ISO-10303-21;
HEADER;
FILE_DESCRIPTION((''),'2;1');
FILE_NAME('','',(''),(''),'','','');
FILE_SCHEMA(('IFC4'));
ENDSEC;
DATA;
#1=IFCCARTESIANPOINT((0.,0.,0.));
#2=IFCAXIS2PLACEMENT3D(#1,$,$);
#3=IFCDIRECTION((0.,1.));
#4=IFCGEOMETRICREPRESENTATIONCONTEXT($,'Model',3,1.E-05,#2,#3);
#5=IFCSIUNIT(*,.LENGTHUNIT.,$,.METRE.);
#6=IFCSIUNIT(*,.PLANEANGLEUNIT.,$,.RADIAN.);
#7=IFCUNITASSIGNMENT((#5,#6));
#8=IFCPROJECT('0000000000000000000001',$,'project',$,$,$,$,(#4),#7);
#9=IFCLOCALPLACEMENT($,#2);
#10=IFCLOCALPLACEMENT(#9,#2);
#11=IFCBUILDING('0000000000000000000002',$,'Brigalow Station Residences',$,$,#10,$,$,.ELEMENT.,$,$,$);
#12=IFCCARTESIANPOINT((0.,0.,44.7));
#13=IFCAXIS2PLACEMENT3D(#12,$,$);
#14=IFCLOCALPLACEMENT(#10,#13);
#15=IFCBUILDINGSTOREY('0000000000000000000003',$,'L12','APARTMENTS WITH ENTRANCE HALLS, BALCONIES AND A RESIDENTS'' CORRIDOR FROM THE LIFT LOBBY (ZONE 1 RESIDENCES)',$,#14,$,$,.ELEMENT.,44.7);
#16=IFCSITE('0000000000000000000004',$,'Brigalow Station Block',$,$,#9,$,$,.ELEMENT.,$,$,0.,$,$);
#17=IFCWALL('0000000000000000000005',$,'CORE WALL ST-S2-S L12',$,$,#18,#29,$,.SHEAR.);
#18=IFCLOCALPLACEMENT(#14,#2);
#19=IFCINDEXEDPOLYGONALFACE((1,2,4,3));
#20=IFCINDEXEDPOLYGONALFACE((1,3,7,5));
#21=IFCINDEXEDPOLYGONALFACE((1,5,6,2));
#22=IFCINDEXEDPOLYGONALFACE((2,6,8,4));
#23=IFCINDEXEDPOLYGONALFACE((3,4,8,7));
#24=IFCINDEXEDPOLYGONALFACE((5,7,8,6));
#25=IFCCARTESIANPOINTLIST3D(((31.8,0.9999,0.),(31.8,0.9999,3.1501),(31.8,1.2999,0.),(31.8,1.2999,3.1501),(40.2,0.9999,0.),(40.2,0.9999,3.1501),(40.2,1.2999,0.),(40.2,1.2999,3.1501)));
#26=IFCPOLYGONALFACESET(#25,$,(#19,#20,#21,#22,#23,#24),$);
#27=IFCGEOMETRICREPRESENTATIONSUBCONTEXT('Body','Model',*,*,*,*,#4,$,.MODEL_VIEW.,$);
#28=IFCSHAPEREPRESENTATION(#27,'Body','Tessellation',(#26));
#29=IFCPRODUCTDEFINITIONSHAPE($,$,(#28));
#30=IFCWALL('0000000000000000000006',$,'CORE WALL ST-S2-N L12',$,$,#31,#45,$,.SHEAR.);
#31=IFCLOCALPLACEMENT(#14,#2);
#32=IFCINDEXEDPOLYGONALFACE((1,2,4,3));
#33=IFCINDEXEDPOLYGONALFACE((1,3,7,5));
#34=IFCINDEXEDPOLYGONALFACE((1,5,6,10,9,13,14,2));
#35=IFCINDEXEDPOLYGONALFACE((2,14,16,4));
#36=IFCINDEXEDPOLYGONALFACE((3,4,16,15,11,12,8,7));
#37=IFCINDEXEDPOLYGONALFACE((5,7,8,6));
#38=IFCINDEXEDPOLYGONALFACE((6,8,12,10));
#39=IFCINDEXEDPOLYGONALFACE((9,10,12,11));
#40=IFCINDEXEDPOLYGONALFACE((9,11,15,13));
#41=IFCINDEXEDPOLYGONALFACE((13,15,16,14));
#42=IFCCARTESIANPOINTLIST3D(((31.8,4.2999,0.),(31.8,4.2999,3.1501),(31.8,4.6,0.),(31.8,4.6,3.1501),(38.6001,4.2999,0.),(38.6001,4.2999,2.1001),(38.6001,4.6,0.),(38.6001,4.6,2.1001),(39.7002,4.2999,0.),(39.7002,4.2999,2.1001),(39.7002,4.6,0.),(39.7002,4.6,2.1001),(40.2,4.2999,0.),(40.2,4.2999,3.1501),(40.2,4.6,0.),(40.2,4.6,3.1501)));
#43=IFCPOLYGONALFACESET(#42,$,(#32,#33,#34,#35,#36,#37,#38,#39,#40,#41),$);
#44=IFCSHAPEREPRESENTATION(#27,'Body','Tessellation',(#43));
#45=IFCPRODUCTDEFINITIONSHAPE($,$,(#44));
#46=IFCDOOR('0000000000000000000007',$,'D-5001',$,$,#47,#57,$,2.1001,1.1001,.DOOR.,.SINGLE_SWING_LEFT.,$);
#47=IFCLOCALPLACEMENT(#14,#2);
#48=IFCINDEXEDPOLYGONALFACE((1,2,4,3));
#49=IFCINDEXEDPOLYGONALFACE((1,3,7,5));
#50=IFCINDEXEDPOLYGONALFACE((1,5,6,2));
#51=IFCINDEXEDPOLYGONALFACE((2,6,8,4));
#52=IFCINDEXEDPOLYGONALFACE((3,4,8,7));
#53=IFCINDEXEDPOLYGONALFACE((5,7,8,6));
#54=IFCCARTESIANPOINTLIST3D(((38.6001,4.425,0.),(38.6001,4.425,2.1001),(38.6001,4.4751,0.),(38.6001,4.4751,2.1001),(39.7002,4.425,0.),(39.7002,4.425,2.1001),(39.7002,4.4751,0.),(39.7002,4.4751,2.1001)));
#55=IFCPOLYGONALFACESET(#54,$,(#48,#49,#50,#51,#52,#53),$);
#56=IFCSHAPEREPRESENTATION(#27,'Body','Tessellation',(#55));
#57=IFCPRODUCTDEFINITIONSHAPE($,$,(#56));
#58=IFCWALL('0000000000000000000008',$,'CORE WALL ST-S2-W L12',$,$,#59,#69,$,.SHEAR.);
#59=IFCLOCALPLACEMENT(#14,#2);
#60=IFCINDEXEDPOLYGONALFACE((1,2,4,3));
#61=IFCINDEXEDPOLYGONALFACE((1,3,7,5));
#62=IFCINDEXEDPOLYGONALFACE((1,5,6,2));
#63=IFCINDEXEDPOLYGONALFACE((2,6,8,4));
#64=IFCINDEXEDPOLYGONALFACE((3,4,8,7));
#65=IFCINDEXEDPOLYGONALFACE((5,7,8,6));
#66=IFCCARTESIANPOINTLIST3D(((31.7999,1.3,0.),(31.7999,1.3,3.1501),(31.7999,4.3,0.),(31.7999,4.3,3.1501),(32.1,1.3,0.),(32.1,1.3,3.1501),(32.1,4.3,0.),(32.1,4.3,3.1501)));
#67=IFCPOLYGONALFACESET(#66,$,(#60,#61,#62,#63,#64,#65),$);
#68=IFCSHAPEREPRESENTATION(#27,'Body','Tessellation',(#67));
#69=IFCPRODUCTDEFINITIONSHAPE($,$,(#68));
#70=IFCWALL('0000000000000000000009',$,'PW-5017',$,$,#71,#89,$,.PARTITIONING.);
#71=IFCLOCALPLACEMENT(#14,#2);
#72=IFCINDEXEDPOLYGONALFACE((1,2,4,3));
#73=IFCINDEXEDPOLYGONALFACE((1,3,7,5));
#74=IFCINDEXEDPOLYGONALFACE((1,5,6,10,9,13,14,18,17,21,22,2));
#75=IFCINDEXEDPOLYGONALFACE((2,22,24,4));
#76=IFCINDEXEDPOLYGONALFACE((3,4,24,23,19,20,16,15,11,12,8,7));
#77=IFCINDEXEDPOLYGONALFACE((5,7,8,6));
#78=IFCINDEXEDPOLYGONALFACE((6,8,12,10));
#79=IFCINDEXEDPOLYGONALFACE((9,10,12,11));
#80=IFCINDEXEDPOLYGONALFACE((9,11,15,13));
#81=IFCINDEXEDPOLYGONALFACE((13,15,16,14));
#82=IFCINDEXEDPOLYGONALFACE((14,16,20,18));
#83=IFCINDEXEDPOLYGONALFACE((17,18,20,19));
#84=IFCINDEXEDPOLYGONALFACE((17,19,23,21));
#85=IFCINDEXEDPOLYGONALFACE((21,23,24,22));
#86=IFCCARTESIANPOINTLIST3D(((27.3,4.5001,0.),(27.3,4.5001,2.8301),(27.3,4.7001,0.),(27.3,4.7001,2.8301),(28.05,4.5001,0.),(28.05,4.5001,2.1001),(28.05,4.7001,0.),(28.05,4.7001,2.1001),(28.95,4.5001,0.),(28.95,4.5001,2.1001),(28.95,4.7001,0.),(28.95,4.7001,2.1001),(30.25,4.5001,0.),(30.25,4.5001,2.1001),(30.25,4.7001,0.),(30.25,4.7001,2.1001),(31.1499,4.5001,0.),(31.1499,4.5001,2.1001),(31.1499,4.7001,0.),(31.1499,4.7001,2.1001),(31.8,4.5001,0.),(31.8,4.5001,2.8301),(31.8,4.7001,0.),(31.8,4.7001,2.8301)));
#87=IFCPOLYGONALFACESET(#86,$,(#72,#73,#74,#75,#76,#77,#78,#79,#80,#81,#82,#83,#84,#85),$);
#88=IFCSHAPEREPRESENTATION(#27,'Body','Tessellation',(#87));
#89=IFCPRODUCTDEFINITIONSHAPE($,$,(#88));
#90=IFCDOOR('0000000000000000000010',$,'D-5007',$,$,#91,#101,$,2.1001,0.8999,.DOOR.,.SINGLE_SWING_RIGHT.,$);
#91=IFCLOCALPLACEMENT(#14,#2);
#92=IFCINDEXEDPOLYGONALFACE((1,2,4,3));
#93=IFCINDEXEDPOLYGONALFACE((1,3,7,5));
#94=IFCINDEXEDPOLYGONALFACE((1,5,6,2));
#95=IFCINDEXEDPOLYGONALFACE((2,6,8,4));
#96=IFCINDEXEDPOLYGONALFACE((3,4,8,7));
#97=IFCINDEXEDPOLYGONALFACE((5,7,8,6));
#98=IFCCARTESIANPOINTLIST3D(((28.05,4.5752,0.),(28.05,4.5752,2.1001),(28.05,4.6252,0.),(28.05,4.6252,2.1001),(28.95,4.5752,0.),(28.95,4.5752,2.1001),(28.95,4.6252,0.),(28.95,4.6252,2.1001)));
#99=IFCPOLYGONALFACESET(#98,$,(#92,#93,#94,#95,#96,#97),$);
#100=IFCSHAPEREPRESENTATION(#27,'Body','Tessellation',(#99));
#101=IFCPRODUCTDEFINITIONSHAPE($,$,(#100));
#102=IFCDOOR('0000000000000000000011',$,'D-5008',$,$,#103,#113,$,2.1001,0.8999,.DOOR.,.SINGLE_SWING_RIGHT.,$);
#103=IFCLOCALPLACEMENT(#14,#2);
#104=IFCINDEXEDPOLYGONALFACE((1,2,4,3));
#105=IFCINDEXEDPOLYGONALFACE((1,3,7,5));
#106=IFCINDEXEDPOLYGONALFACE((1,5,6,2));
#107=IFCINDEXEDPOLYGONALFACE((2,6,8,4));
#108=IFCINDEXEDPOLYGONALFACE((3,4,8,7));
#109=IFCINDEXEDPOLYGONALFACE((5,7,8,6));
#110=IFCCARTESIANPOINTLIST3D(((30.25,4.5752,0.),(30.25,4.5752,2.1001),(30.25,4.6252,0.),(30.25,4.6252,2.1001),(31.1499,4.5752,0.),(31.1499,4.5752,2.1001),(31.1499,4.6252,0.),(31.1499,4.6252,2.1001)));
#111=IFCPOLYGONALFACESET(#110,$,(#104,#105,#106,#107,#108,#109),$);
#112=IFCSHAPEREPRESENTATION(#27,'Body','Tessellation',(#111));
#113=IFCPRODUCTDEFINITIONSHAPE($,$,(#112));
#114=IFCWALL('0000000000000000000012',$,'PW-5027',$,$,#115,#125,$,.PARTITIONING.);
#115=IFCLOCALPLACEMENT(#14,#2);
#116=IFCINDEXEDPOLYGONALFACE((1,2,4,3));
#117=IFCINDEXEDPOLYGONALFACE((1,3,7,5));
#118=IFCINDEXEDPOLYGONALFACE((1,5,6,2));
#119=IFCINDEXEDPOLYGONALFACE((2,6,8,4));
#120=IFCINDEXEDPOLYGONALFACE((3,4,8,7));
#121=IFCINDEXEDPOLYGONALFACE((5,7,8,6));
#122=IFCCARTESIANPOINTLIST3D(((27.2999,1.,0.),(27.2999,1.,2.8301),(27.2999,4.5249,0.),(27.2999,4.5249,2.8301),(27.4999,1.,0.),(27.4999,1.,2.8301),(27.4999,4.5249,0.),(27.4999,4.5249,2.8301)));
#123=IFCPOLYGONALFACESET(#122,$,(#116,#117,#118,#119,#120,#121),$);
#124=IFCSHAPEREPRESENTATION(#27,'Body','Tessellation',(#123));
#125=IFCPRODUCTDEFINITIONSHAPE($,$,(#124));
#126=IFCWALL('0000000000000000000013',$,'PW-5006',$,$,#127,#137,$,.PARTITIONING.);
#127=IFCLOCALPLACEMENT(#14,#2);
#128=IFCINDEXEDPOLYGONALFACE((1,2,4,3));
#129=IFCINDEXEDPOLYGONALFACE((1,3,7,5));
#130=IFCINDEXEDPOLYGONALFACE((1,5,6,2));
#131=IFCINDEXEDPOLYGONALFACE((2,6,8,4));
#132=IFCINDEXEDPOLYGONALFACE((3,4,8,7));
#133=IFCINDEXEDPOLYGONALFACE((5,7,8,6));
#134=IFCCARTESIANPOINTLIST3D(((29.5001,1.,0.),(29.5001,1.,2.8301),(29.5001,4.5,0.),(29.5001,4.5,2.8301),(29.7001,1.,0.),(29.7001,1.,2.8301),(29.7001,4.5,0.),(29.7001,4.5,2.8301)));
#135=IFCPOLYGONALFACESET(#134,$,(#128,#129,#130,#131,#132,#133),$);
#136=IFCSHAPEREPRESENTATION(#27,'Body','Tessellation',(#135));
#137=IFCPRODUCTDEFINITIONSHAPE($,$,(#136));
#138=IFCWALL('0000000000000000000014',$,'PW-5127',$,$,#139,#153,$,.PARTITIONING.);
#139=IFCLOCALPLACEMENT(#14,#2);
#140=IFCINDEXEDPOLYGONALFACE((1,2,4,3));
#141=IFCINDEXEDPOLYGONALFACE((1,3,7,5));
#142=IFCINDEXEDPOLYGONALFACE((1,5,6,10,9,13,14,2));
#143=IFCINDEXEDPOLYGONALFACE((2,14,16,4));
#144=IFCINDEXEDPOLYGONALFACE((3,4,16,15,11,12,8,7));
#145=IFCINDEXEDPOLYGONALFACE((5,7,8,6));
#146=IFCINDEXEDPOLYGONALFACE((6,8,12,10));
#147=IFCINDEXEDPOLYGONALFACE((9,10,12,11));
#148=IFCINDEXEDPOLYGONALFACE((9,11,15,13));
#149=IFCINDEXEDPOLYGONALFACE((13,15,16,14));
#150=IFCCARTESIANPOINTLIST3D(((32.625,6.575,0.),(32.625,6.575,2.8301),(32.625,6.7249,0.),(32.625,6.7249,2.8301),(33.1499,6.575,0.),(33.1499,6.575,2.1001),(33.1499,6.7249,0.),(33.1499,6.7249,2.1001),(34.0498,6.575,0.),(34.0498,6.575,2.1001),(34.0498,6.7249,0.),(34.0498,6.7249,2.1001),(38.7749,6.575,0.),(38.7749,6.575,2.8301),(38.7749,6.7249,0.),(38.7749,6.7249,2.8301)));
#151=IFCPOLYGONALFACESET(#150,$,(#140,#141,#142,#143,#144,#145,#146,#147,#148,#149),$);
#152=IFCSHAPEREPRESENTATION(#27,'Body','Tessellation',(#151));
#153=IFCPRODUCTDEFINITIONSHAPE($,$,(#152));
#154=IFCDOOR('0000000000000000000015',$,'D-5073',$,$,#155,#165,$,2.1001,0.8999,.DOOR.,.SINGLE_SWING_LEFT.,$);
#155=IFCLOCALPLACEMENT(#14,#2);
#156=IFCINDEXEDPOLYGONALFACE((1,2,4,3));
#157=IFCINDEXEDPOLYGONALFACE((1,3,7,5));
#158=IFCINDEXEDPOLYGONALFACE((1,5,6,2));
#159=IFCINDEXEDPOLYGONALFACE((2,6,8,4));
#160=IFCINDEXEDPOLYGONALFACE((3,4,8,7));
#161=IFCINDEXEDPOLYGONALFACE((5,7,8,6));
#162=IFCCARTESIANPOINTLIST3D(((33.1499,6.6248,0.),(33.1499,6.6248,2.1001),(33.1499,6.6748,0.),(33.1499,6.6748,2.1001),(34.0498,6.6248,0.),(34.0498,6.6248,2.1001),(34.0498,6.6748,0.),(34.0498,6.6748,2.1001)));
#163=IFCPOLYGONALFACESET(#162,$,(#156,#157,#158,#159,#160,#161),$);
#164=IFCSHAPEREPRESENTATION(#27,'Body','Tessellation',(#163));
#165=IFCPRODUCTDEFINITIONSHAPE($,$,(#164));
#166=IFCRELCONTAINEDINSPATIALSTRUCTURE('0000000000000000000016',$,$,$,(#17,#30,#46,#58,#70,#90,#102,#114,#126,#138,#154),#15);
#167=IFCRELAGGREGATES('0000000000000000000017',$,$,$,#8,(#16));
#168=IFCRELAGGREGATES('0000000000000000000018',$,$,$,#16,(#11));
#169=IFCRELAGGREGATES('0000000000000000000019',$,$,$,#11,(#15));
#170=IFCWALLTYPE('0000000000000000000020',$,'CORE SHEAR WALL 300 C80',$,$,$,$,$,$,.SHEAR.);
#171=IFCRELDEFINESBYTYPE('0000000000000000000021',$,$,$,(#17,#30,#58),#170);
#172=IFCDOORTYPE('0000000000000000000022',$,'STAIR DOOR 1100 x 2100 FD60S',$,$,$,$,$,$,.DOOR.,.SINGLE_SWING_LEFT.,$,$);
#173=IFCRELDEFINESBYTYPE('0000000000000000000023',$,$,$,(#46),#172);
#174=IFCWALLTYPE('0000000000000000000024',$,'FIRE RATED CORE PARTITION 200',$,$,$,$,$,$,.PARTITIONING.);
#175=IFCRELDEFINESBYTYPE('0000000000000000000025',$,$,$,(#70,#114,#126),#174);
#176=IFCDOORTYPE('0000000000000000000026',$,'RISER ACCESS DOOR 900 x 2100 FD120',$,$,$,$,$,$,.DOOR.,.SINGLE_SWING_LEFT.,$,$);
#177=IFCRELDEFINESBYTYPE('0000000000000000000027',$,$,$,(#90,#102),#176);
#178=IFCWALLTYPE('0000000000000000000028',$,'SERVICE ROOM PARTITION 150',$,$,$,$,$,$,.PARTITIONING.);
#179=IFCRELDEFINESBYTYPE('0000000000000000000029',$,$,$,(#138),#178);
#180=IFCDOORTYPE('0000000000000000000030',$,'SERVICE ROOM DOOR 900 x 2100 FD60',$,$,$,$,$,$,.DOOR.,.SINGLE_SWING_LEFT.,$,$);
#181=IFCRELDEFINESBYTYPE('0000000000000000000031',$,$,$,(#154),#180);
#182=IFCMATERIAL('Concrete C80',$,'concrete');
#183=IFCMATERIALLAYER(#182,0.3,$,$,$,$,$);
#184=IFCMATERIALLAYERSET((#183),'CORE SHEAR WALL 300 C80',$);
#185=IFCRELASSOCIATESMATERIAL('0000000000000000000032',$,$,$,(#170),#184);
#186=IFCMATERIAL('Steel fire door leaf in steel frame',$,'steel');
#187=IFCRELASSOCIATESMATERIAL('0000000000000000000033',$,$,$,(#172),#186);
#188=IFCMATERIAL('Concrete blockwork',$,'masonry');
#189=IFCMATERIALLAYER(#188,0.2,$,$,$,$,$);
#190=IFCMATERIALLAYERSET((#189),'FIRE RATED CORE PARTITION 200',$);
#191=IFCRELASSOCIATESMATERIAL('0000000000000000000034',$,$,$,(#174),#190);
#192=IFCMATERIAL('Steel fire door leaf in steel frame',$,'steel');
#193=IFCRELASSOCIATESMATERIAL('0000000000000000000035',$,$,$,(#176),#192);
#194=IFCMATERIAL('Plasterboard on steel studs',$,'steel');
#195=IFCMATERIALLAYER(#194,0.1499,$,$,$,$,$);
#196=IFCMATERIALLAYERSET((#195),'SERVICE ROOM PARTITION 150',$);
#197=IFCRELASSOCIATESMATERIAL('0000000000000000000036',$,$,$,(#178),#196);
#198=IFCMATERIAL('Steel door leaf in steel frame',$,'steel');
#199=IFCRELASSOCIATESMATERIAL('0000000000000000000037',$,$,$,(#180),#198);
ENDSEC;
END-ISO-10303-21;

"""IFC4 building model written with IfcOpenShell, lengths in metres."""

from ifc_helpers import new_model, si_unit, direction, frame, frame_2d, origin, place, context, subcontext, project, spatial, rectangle, extrude, material, layer, layer_set, type_object, element, fill, save


model = new_model("IFC4")

# Units and contexts
model_context = context("Model", 3, precision=1e-05, world=origin(), true_north=direction((0.0, 1.0)))
body_context = subcontext(model_context, "Body", "Model", "MODEL_VIEW")
ifc_project = project(units=[si_unit("LENGTHUNIT", "METRE"), si_unit("PLANEANGLEUNIT", "RADIAN")], contexts=[model_context])

# Site, building, storey
site_placement = place(None, origin())
site = spatial("IfcSite", under=ifc_project, at=site_placement, Name="Brigalow Station Block", CompositionType="ELEMENT", RefElevation=0.0)
building_placement = place(site_placement, origin())
building = spatial("IfcBuilding", under=site, at=building_placement, Name="Brigalow Station Residences", CompositionType="ELEMENT")
storey_placement = place(building_placement, frame((0.0, 0.0, 44.7)))
storey = spatial("IfcBuildingStorey", under=building, at=storey_placement, Name="L12", Description="APARTMENTS WITH ENTRANCE HALLS, BALCONIES AND A RESIDENTS' CORRIDOR FROM THE LIFT LOBBY (ZONE 1 RESIDENCES)", CompositionType="ELEMENT", Elevation=44.7)

# Wall
ifc_material_1 = material(Name="Concrete C80", Category="concrete")
ifc_layer_1 = layer(ifc_material_1, 0.3)
ifc_layer_set_1 = layer_set([ifc_layer_1], Name="CORE SHEAR WALL 300 C80")
wall_type_1 = type_object("IfcWallType", Name="CORE SHEAR WALL 300 C80", PredefinedType="SHEAR", material=ifc_layer_set_1)
wall_1_placement = place(storey_placement, frame((31.8, 1.1499, 0.0), z_axis=(0.0, 0.0, 1.0), x_axis=(1.0, 0.0, 0.0)))
element("IfcWall", 1, at=wall_1_placement, inside=storey, type_object=wall_type_1, Name="CORE WALL ST-S2-S L12", PredefinedType="SHEAR", context=body_context, shape_type="SweptSolid", body=[
    extrude(rectangle(XDim=8.3999, YDim=0.3, at=frame_2d((4.2, 0.0))), origin(), (0.0, 0.0, 1.0), 3.1501),
])

# Wall, opening, door
wall_2_placement = place(storey_placement, frame((31.8, 4.45, 0.0), z_axis=(0.0, 0.0, 1.0), x_axis=(1.0, 0.0, 0.0)))
wall_2 = element("IfcWall", 2, at=wall_2_placement, inside=storey, type_object=wall_type_1, Name="CORE WALL ST-S2-N L12", PredefinedType="SHEAR", context=body_context, shape_type="SweptSolid", body=[
    extrude(rectangle(XDim=8.3999, YDim=0.3, at=frame_2d((4.2, 0.0))), origin(), (0.0, 0.0, 1.0), 3.1501),
])
opening_1_placement = place(wall_2_placement, frame((6.8, 0.0, 0.0)))
opening_1 = element("IfcOpeningElement", 3, at=opening_1_placement, cuts=wall_2, PredefinedType="OPENING", context=body_context, shape_type="SweptSolid", body=[
    extrude(rectangle(XDim=1.1001, YDim=2.1001, at=frame_2d((0.55, 1.05))), frame((0.0, 0.1602, 0.0), z_axis=(0.0, -1.0, 0.0), x_axis=(1.0, 0.0, 0.0)), (0.0, 0.0, 1.0), 0.3201),
])
ifc_material_2 = material(Name="Steel fire door leaf in steel frame", Category="steel")
door_type_1 = type_object("IfcDoorType", Name="STAIR DOOR 1100 x 2100 FD60S", OperationType="SINGLE_SWING_LEFT", PredefinedType="DOOR", material=ifc_material_2)
door_1_placement = place(opening_1_placement, frame((1.1001, 0.0, 0.0), z_axis=(0.0, 0.0, 1.0), x_axis=(-1.0, 0.0, 0.0)))
door_1 = element("IfcDoor", 4, at=door_1_placement, inside=storey, type_object=door_type_1, Name="D-5001", OperationType="SINGLE_SWING_LEFT", OverallHeight=2.1001, OverallWidth=1.1001, PredefinedType="DOOR", context=body_context, shape_type="SweptSolid", body=[
    extrude(rectangle(XDim=1.1001, YDim=2.1001, at=frame_2d((0.55, 1.05))), frame((0.0, 0.0249, 0.0), z_axis=(0.0, -1.0, 0.0), x_axis=(1.0, 0.0, 0.0)), (0.0, 0.0, 1.0), 0.05),
])
fill(opening_1, door_1)

# Wall
wall_3_placement = place(storey_placement, frame((31.95, 1.3, 0.0), z_axis=(0.0, 0.0, 1.0), x_axis=(0.0, 1.0, 0.0)))
element("IfcWall", 5, at=wall_3_placement, inside=storey, type_object=wall_type_1, Name="CORE WALL ST-S2-W L12", PredefinedType="SHEAR", context=body_context, shape_type="SweptSolid", body=[
    extrude(rectangle(XDim=3.0, YDim=0.3, at=frame_2d((1.5, 0.0))), origin(), (0.0, 0.0, 1.0), 3.1501),
])

# Wall, openings, doors
ifc_material_3 = material(Name="Concrete blockwork", Category="masonry")
ifc_layer_2 = layer(ifc_material_3, 0.2)
ifc_layer_set_2 = layer_set([ifc_layer_2], Name="FIRE RATED CORE PARTITION 200")
wall_type_2 = type_object("IfcWallType", Name="FIRE RATED CORE PARTITION 200", PredefinedType="PARTITIONING", material=ifc_layer_set_2)
wall_4_placement = place(storey_placement, frame((27.3, 4.6001, 0.0), z_axis=(0.0, 0.0, 1.0), x_axis=(1.0, 0.0, 0.0)))
wall_4 = element("IfcWall", 6, at=wall_4_placement, inside=storey, type_object=wall_type_2, Name="PW-5017", PredefinedType="PARTITIONING", context=body_context, shape_type="SweptSolid", body=[
    extrude(rectangle(XDim=4.5, YDim=0.2, at=frame_2d((2.25, 0.0))), origin(), (0.0, 0.0, 1.0), 2.8301),
])
opening_2_placement = place(wall_4_placement, frame((0.75, 0.0, 0.0)))
opening_2 = element("IfcOpeningElement", 7, at=opening_2_placement, cuts=wall_4, PredefinedType="OPENING", context=body_context, shape_type="SweptSolid", body=[
    extrude(rectangle(XDim=0.8999, YDim=2.1001, at=frame_2d((0.45, 1.05))), frame((0.0, 0.1099, 0.0), z_axis=(0.0, -1.0, 0.0), x_axis=(1.0, 0.0, 0.0)), (0.0, 0.0, 1.0), 0.22),
])
opening_3_placement = place(wall_4_placement, frame((2.95, 0.0, 0.0)))
opening_3 = element("IfcOpeningElement", 8, at=opening_3_placement, cuts=wall_4, PredefinedType="OPENING", context=body_context, shape_type="SweptSolid", body=[
    extrude(rectangle(XDim=0.8999, YDim=2.1001, at=frame_2d((0.45, 1.05))), frame((0.0, 0.1099, 0.0), z_axis=(0.0, -1.0, 0.0), x_axis=(1.0, 0.0, 0.0)), (0.0, 0.0, 1.0), 0.22),
])
ifc_material_4 = material(Name="Steel fire door leaf in steel frame", Category="steel")
door_type_2 = type_object("IfcDoorType", Name="RISER ACCESS DOOR 900 x 2100 FD120", OperationType="SINGLE_SWING_LEFT", PredefinedType="DOOR", material=ifc_material_4)
door_2_placement = place(opening_2_placement, frame((0.8999, 0.0, 0.0), z_axis=(0.0, 0.0, 1.0), x_axis=(-1.0, 0.0, 0.0)))
door_2 = element("IfcDoor", 9, at=door_2_placement, inside=storey, type_object=door_type_2, Name="D-5007", OperationType="SINGLE_SWING_RIGHT", OverallHeight=2.1001, OverallWidth=0.8999, PredefinedType="DOOR", context=body_context, shape_type="SweptSolid", body=[
    extrude(rectangle(XDim=0.8999, YDim=2.1001, at=frame_2d((0.45, 1.05))), frame((0.0, 0.0249, 0.0), z_axis=(0.0, -1.0, 0.0), x_axis=(1.0, 0.0, 0.0)), (0.0, 0.0, 1.0), 0.05),
])
fill(opening_2, door_2)
door_3_placement = place(opening_3_placement, frame((0.8999, 0.0, 0.0), z_axis=(0.0, 0.0, 1.0), x_axis=(-1.0, 0.0, 0.0)))
door_3 = element("IfcDoor", 10, at=door_3_placement, inside=storey, type_object=door_type_2, Name="D-5008", OperationType="SINGLE_SWING_RIGHT", OverallHeight=2.1001, OverallWidth=0.8999, PredefinedType="DOOR", context=body_context, shape_type="SweptSolid", body=[
    extrude(rectangle(XDim=0.8999, YDim=2.1001, at=frame_2d((0.45, 1.05))), frame((0.0, 0.0249, 0.0), z_axis=(0.0, -1.0, 0.0), x_axis=(1.0, 0.0, 0.0)), (0.0, 0.0, 1.0), 0.05),
])
fill(opening_3, door_3)

# Walls
wall_5_placement = place(storey_placement, frame((27.3999, 1.0, 0.0), z_axis=(0.0, 0.0, 1.0), x_axis=(0.0, 1.0, 0.0)))
element("IfcWall", 11, at=wall_5_placement, inside=storey, type_object=wall_type_2, Name="PW-5027", PredefinedType="PARTITIONING", context=body_context, shape_type="SweptSolid", body=[
    extrude(rectangle(XDim=3.5249, YDim=0.2, at=frame_2d((1.7625, 0.0))), origin(), (0.0, 0.0, 1.0), 2.8301),
])
wall_6_placement = place(storey_placement, frame((29.6001, 1.0, 0.0), z_axis=(0.0, 0.0, 1.0), x_axis=(0.0, 1.0, 0.0)))
element("IfcWall", 12, at=wall_6_placement, inside=storey, type_object=wall_type_2, Name="PW-5006", PredefinedType="PARTITIONING", context=body_context, shape_type="SweptSolid", body=[
    extrude(rectangle(XDim=3.5, YDim=0.2, at=frame_2d((1.75, 0.0))), origin(), (0.0, 0.0, 1.0), 2.8301),
])

# Wall, opening, door
ifc_material_5 = material(Name="Plasterboard on steel studs", Category="steel")
ifc_layer_3 = layer(ifc_material_5, 0.1499)
ifc_layer_set_3 = layer_set([ifc_layer_3], Name="SERVICE ROOM PARTITION 150")
wall_type_3 = type_object("IfcWallType", Name="SERVICE ROOM PARTITION 150", PredefinedType="PARTITIONING", material=ifc_layer_set_3)
wall_7_placement = place(storey_placement, frame((32.625, 6.6499, 0.0), z_axis=(0.0, 0.0, 1.0), x_axis=(1.0, 0.0, 0.0)))
wall_7 = element("IfcWall", 13, at=wall_7_placement, inside=storey, type_object=wall_type_3, Name="PW-5127", PredefinedType="PARTITIONING", context=body_context, shape_type="SweptSolid", body=[
    extrude(rectangle(XDim=6.1499, YDim=0.1499, at=frame_2d((3.075, 0.0))), origin(), (0.0, 0.0, 1.0), 2.8301),
])
opening_4_placement = place(wall_7_placement, frame((0.5249, 0.0, 0.0)))
opening_4 = element("IfcOpeningElement", 14, at=opening_4_placement, cuts=wall_7, PredefinedType="OPENING", context=body_context, shape_type="SweptSolid", body=[
    extrude(rectangle(XDim=0.8999, YDim=2.1001, at=frame_2d((0.45, 1.05))), frame((0.0, 0.085, 0.0), z_axis=(0.0, -1.0, 0.0), x_axis=(1.0, 0.0, 0.0)), (0.0, 0.0, 1.0), 0.1699),
])
ifc_material_6 = material(Name="Steel door leaf in steel frame", Category="steel")
door_type_3 = type_object("IfcDoorType", Name="SERVICE ROOM DOOR 900 x 2100 FD60", OperationType="SINGLE_SWING_LEFT", PredefinedType="DOOR", material=ifc_material_6)
door_4_placement = place(opening_4_placement, origin())
door_4 = element("IfcDoor", 15, at=door_4_placement, inside=storey, type_object=door_type_3, Name="D-5073", OperationType="SINGLE_SWING_LEFT", OverallHeight=2.1001, OverallWidth=0.8999, PredefinedType="DOOR", context=body_context, shape_type="SweptSolid", body=[
    extrude(rectangle(XDim=0.8999, YDim=2.1001, at=frame_2d((0.45, 1.05))), frame((0.0, 0.0249, 0.0), z_axis=(0.0, -1.0, 0.0), x_axis=(1.0, 0.0, 0.0)), (0.0, 0.0, 1.0), 0.05),
])
fill(opening_4, door_4)

save(model, "model.ifc")
